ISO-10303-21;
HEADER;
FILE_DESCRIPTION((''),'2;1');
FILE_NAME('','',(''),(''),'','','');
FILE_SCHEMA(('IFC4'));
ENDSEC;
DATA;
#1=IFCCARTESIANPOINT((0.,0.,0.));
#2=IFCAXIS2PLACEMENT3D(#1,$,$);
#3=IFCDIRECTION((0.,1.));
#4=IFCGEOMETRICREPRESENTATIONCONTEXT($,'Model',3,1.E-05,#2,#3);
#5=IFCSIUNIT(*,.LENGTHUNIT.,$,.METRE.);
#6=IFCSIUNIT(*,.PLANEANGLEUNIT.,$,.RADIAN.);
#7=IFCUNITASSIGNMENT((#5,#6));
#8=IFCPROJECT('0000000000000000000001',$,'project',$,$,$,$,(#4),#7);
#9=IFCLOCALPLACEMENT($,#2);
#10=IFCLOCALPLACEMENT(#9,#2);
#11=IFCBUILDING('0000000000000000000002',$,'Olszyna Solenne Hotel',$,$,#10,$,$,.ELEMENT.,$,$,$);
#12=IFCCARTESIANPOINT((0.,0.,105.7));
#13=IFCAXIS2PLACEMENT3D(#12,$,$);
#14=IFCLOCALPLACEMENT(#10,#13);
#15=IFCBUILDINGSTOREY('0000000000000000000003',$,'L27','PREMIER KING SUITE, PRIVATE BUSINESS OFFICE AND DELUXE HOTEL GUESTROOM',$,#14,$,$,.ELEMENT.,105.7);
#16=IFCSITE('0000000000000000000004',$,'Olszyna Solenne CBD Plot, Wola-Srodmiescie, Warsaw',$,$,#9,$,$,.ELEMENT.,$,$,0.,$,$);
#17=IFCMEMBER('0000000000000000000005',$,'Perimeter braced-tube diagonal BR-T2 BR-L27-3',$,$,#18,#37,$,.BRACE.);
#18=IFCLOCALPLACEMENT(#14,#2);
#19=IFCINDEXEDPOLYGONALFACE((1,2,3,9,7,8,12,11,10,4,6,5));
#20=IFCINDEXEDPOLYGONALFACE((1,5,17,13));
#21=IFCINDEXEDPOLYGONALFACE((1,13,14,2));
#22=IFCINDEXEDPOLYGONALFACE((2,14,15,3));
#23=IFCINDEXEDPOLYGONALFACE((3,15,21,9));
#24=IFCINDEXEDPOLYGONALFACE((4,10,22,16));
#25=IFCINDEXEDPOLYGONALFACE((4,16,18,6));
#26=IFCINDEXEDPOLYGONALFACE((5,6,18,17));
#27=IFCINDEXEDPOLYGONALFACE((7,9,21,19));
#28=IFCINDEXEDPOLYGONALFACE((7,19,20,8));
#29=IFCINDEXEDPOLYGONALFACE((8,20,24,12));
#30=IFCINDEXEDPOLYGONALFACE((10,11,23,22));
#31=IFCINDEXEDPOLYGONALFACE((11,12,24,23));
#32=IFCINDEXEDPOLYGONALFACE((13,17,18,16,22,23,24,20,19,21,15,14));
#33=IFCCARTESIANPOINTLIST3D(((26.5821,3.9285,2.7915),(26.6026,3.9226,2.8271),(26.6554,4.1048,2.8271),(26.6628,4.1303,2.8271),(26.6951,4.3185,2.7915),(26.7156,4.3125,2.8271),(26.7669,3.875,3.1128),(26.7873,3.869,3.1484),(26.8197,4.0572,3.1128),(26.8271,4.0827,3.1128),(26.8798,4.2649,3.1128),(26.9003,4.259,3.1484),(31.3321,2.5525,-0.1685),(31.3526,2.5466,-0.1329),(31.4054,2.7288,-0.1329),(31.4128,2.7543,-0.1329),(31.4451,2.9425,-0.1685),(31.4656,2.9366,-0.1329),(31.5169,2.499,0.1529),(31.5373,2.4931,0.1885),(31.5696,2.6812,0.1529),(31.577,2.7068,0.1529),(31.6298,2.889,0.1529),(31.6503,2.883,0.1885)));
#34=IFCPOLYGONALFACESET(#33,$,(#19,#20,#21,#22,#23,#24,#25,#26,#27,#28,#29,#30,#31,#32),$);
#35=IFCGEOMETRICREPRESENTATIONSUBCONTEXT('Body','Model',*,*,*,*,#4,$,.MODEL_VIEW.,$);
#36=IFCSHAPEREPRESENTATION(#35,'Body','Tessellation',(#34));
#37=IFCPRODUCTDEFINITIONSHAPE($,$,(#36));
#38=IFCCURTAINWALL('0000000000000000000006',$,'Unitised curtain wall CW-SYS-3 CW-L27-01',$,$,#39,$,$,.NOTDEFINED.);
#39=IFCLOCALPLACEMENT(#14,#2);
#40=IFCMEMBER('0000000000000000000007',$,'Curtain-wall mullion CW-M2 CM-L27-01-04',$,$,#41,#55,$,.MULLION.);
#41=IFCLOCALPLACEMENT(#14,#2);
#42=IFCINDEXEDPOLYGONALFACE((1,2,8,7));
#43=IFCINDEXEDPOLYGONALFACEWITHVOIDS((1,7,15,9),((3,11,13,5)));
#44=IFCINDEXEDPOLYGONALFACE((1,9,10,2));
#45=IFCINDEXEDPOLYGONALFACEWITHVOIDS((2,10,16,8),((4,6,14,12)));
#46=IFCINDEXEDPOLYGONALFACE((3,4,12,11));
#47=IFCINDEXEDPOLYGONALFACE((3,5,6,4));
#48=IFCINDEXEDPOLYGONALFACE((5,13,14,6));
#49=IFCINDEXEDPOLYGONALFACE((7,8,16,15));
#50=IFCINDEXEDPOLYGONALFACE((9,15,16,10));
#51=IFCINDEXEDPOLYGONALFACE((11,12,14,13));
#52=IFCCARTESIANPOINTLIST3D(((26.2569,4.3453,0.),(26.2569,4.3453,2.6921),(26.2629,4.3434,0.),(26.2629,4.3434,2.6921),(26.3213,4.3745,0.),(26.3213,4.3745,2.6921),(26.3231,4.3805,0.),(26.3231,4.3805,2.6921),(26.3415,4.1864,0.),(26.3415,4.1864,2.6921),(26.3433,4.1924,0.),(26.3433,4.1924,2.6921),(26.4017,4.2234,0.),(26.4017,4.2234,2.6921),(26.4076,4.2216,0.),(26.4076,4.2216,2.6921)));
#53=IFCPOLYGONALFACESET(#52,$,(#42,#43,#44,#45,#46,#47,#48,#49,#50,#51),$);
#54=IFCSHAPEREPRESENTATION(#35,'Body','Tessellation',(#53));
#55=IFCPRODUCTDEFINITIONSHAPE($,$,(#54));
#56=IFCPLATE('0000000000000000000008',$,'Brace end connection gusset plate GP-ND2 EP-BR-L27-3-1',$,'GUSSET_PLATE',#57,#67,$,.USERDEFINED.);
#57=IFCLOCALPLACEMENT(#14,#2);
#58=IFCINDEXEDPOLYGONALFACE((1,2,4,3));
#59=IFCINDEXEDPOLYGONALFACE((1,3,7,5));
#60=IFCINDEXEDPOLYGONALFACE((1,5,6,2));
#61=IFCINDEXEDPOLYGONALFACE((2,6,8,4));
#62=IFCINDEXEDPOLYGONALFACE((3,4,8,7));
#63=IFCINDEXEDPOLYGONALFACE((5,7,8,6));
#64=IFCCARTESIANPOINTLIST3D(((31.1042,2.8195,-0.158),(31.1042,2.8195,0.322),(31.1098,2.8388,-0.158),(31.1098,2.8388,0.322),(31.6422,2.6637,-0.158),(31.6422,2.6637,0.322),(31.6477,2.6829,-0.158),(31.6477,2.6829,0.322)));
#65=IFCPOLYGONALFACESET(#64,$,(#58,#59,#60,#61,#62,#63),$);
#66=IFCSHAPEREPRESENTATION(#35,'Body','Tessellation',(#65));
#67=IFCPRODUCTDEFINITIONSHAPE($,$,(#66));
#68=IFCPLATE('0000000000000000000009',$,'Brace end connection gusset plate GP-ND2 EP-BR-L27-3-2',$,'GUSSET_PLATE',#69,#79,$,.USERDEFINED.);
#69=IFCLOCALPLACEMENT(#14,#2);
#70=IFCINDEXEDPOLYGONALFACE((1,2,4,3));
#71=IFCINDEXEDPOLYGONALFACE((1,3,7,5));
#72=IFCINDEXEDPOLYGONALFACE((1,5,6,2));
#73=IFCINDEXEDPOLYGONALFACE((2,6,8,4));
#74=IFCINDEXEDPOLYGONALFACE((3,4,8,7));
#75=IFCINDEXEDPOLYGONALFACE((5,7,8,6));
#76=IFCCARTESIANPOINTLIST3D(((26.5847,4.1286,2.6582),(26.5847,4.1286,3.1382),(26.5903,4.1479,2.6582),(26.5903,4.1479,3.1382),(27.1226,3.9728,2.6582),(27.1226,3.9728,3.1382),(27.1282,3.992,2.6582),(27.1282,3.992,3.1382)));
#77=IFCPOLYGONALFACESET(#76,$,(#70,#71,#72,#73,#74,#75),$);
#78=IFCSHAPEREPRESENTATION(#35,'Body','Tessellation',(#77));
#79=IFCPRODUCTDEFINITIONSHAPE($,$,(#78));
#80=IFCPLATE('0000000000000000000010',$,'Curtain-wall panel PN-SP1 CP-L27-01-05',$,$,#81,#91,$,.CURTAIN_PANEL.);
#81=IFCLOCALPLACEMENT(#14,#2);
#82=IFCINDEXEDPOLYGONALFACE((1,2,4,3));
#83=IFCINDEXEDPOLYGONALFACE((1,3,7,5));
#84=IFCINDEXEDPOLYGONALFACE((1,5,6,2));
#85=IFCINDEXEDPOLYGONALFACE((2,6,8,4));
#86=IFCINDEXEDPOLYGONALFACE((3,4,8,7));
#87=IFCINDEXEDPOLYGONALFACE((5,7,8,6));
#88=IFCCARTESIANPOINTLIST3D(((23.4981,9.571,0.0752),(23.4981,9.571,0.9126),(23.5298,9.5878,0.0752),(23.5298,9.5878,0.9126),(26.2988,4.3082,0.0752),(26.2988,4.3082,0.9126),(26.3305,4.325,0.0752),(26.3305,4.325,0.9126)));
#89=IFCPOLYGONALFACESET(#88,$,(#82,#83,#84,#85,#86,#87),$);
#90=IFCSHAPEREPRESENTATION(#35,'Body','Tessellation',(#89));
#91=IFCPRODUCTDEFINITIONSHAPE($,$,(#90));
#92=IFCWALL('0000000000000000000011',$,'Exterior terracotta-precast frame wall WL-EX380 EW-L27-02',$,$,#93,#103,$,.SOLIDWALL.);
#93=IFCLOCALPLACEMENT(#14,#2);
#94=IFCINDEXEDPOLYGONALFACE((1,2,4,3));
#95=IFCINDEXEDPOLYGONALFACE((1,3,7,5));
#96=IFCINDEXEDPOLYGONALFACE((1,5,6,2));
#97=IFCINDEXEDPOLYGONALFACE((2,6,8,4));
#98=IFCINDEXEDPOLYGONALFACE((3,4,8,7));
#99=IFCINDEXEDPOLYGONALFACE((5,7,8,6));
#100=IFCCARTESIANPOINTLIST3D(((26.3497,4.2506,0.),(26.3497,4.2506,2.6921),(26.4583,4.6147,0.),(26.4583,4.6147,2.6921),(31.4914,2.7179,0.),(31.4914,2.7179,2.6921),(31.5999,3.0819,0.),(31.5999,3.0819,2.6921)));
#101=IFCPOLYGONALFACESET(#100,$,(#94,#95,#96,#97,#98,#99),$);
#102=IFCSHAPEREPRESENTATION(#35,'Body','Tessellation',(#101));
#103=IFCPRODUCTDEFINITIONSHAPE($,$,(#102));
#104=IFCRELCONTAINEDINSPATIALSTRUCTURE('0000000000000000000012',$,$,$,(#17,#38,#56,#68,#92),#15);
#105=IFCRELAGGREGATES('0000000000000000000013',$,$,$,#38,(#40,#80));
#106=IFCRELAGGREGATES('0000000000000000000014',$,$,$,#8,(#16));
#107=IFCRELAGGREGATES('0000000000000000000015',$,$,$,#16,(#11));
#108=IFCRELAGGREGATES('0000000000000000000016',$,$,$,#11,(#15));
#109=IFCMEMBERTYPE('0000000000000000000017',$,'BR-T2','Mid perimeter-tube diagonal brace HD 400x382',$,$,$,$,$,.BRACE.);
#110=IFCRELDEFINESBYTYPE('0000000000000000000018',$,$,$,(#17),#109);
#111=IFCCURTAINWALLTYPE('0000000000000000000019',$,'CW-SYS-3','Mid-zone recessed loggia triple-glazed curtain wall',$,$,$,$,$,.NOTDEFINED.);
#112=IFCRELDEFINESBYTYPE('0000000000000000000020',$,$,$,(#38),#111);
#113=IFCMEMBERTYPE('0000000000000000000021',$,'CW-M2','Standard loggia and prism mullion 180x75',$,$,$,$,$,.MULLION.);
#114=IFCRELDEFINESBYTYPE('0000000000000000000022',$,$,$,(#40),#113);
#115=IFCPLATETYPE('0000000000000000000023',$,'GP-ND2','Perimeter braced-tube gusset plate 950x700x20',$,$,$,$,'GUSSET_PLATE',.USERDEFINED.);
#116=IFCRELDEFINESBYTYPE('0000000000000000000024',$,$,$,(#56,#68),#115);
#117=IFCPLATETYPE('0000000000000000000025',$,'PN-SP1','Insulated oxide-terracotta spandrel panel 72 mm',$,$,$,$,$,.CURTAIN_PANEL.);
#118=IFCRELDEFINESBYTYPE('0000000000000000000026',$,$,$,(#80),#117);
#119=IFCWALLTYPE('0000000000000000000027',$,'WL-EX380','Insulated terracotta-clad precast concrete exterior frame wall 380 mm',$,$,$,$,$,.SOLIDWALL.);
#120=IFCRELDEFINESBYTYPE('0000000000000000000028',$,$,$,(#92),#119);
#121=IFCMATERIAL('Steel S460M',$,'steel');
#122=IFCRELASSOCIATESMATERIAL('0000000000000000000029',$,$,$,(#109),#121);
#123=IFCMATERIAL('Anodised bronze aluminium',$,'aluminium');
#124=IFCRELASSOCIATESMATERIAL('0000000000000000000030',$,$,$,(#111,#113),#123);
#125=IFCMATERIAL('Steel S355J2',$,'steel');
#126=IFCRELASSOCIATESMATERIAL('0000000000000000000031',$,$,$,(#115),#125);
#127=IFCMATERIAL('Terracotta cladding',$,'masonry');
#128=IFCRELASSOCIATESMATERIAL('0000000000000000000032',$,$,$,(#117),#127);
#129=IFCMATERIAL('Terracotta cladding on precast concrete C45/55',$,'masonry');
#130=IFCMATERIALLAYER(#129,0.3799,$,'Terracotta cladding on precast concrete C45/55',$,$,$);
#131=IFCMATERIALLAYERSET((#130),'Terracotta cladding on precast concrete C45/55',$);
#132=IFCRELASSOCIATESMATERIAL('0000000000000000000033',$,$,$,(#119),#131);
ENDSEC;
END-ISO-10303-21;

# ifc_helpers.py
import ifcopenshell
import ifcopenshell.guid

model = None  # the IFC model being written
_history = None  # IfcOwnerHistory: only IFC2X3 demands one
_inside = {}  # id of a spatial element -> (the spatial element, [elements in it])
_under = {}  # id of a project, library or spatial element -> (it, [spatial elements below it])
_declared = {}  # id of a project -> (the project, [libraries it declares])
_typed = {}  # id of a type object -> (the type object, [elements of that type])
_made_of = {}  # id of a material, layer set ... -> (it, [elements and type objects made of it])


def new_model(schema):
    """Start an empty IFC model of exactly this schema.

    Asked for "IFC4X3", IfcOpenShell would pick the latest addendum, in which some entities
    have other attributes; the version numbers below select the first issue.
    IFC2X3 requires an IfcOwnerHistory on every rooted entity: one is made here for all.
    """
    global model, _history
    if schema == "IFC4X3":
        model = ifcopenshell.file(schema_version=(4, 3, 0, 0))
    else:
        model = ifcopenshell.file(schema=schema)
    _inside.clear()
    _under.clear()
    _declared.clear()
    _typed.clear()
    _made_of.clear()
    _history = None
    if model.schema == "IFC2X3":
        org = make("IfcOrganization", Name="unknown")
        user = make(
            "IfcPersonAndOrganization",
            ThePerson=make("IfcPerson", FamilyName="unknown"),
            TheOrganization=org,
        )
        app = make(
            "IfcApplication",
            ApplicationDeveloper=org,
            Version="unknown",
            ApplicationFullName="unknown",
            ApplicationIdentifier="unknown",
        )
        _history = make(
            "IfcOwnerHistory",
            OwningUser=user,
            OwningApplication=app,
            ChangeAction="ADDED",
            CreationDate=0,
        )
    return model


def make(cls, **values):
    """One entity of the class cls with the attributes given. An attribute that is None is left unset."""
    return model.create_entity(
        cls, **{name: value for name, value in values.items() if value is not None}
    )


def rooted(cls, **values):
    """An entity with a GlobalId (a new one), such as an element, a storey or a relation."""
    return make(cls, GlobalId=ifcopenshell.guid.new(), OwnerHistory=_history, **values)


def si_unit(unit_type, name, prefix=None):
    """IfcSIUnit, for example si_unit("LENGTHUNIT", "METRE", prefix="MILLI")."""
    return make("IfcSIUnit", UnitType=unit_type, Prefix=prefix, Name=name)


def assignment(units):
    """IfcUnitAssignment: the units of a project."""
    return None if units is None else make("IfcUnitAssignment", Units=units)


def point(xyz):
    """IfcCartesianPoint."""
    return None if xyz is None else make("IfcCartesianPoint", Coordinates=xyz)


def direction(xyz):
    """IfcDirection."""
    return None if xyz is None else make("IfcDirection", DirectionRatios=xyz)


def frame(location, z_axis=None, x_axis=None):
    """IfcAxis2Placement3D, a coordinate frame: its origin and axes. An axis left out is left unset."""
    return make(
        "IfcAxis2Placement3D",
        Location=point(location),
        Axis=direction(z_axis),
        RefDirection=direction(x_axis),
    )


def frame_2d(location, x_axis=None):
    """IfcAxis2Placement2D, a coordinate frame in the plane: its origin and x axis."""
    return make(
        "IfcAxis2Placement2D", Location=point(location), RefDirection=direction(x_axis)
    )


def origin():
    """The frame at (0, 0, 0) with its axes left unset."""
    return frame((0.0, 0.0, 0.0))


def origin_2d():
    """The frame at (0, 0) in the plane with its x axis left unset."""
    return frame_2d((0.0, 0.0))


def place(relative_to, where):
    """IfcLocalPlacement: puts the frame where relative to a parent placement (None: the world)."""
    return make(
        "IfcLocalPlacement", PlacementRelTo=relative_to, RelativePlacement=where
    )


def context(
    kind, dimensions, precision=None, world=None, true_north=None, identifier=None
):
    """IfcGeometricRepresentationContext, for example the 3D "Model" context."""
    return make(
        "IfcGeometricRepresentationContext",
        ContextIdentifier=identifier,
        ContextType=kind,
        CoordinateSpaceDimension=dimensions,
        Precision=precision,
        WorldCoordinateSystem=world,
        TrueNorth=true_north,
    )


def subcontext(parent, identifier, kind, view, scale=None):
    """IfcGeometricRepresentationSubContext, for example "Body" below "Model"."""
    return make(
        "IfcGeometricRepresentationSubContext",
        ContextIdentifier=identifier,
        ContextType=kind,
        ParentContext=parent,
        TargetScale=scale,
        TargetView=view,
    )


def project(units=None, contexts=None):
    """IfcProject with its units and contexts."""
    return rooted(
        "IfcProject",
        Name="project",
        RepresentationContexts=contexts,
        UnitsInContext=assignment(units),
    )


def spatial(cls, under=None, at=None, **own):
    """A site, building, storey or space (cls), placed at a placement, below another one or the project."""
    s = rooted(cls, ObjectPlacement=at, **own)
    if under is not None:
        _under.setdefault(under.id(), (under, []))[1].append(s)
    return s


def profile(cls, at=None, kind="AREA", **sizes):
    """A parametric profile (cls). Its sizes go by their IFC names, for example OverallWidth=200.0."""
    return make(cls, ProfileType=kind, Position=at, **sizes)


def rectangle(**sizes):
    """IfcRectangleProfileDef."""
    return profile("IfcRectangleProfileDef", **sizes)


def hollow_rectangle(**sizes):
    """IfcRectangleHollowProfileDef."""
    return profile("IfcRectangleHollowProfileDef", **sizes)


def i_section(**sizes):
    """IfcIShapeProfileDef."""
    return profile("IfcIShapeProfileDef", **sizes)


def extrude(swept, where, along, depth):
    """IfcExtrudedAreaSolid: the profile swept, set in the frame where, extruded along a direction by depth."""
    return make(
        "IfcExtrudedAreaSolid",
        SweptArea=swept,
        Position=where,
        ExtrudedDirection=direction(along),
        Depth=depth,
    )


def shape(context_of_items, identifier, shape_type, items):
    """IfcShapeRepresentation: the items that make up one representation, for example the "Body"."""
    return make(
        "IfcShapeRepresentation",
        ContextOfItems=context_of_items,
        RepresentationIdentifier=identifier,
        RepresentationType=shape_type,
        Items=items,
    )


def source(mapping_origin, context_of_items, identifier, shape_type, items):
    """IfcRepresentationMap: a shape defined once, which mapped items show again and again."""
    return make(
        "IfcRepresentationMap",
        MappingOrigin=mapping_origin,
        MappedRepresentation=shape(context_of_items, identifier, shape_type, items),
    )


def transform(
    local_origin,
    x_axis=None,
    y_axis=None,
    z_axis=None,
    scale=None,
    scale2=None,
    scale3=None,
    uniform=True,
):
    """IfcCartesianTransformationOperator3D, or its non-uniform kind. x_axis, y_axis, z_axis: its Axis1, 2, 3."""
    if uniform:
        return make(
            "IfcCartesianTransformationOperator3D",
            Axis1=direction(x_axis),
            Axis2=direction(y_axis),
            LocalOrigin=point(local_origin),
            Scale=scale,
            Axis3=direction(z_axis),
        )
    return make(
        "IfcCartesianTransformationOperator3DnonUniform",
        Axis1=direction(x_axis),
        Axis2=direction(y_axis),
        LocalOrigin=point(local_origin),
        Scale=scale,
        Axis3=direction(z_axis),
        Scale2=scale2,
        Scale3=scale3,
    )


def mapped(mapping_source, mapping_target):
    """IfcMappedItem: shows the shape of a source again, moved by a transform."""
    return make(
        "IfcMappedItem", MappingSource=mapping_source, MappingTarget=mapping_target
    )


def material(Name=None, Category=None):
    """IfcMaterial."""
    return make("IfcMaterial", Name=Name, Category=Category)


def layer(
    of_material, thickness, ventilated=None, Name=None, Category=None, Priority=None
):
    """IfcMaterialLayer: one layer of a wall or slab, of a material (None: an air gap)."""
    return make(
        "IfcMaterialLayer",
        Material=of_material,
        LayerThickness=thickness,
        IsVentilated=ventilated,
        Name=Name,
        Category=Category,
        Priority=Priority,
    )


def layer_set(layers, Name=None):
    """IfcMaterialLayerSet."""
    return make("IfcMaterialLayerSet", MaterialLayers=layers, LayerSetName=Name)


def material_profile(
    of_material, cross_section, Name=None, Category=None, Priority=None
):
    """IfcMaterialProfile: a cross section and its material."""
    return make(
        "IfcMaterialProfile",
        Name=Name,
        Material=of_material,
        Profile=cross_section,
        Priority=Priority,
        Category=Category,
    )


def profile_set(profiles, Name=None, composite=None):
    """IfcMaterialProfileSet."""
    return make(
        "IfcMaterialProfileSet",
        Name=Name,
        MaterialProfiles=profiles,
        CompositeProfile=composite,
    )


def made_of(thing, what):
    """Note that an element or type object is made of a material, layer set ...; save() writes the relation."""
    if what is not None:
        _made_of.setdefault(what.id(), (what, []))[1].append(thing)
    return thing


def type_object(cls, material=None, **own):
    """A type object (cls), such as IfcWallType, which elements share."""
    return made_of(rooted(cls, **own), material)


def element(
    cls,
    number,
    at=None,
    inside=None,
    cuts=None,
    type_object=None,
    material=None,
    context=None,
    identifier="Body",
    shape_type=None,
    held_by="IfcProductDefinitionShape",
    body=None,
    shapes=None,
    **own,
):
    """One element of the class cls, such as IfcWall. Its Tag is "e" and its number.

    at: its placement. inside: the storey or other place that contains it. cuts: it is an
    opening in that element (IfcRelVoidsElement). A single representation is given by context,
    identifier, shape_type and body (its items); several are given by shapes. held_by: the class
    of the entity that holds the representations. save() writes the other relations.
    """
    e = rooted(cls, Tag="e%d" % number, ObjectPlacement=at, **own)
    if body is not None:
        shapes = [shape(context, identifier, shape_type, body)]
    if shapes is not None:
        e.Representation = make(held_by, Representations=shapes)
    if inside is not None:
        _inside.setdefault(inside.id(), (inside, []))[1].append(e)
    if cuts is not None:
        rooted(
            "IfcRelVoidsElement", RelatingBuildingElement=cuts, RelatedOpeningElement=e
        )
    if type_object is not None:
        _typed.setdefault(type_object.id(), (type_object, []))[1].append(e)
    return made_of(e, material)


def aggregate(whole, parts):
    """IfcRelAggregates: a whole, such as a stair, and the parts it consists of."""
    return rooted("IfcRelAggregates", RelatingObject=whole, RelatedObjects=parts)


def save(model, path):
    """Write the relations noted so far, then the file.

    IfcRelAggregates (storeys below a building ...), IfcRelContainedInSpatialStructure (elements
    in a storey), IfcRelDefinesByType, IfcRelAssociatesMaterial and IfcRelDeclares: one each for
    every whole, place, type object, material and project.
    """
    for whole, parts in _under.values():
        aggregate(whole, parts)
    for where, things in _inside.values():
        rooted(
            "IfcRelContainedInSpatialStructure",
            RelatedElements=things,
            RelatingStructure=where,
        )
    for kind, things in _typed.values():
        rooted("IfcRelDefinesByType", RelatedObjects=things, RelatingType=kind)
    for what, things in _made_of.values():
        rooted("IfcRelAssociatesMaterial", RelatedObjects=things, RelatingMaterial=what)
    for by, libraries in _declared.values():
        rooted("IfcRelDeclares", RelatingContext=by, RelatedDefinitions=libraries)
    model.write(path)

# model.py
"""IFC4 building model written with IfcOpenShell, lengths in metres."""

from ifc_helpers import new_model, si_unit, direction, frame, frame_2d, origin, origin_2d, place, context, subcontext, project, spatial, rectangle, hollow_rectangle, i_section, extrude, source, transform, mapped, material, layer, layer_set, material_profile, profile_set, type_object, element, aggregate, save


model = new_model("IFC4")

# Units and contexts
model_context = context("Model", 3, precision=1e-05, world=origin(), true_north=direction((0.0, 1.0)))
body_context = subcontext(model_context, "Body", "Model", "MODEL_VIEW")
ifc_project = project(units=[si_unit("LENGTHUNIT", "METRE"), si_unit("PLANEANGLEUNIT", "RADIAN")], contexts=[model_context])

# Site, building, storey
site_placement = place(None, origin())
site = spatial("IfcSite", under=ifc_project, at=site_placement, Name="Olszyna Solenne CBD Plot, Wola-Srodmiescie, Warsaw", CompositionType="ELEMENT", RefElevation=0.0)
building_placement = place(site_placement, origin())
building = spatial("IfcBuilding", under=site, at=building_placement, Name="Olszyna Solenne Hotel", CompositionType="ELEMENT")
storey_placement = place(building_placement, frame((0.0, 0.0, 105.7)))
storey = spatial("IfcBuildingStorey", under=building, at=storey_placement, Name="L27", Description="PREMIER KING SUITE, PRIVATE BUSINESS OFFICE AND DELUXE HOTEL GUESTROOM", CompositionType="ELEMENT", Elevation=105.7)

# Shared definitions
ifc_material_1 = material(Name="Steel S460M", Category="steel")

# Shared definitions
ifc_material_2 = material(Name="Steel S355J2", Category="steel")

# Member
ifc_material_profile_1 = material_profile(ifc_material_1, i_section(OverallWidth=0.406, OverallDepth=0.416, WebThickness=0.0266, FlangeThickness=0.0415, at=origin_2d()), Name="HD 400x382", Category="load-bearing")
ifc_profile_set_1 = profile_set([ifc_material_profile_1], Name="Steel S460M")
member_type_1 = type_object("IfcMemberType", Name="BR-T2", Description="Mid perimeter-tube diagonal brace HD 400x382", PredefinedType="BRACE", material=ifc_profile_set_1)
shared_shape_1 = source(origin(), body_context, "Body", "SweptSolid", [
    extrude(i_section(OverallWidth=0.406, OverallDepth=0.416, WebThickness=0.0266, FlangeThickness=0.0415, at=origin_2d()), origin(), (0.0, 0.0, 1.0), 5.7634),
])
member_1_placement = place(storey_placement, frame((31.4912, 2.7178, 0.01), z_axis=(-0.824161, 0.238742, 0.513576), x_axis=(-0.27824, -0.960512, 0.0)))
element("IfcMember", 1, at=member_1_placement, inside=storey, type_object=member_type_1, Name="Perimeter braced-tube diagonal BR-T2 BR-L27-3", PredefinedType="BRACE", context=body_context, shape_type="MappedRepresentation", body=[
    mapped(shared_shape_1, transform((0.0, 0.0, 0.0), x_axis=(1.0, 0.0, 0.0), y_axis=(0.0, 1.0, 0.0), z_axis=(0.0, 0.0, 1.0), scale=1.0)),
])

# Curtain wall, member
ifc_material_3 = material(Name="Anodised bronze aluminium", Category="aluminium")
curtain_wall_type = type_object("IfcCurtainWallType", Name="CW-SYS-3", Description="Mid-zone recessed loggia triple-glazed curtain wall", PredefinedType="NOTDEFINED", material=ifc_material_3)
curtain_wall_placement = place(storey_placement, origin())
curtain_wall = element("IfcCurtainWall", 2, at=curtain_wall_placement, inside=storey, type_object=curtain_wall_type, Name="Unitised curtain wall CW-SYS-3 CW-L27-01", PredefinedType="NOTDEFINED")
ifc_material_profile_2 = material_profile(ifc_material_3, hollow_rectangle(XDim=0.075, YDim=0.1799, WallThickness=0.0044, at=origin_2d()), Name="MULL 180x75x4.5", Category="load-bearing")
ifc_profile_set_2 = profile_set([ifc_material_profile_2], Name="Anodised bronze aluminium")
member_type_2 = type_object("IfcMemberType", Name="CW-M2", Description="Standard loggia and prism mullion 180x75", PredefinedType="MULLION", material=ifc_profile_set_2)
shared_shape_2 = source(origin(), body_context, "Body", "SweptSolid", [
    extrude(hollow_rectangle(XDim=0.075, YDim=0.1799, WallThickness=0.0044, at=origin_2d()), origin(), (0.0, 0.0, 1.0), 2.6921),
])
member_2_placement = place(storey_placement, frame((26.3323, 4.2834, 0.0), z_axis=(0.0, 0.0, 1.0), x_axis=(0.882777, 0.469793, 0.0)))
member_2 = element("IfcMember", 3, at=member_2_placement, type_object=member_type_2, Name="Curtain-wall mullion CW-M2 CM-L27-01-04", PredefinedType="MULLION", context=body_context, shape_type="MappedRepresentation", body=[
    mapped(shared_shape_2, transform((0.0, 0.0, 0.0), x_axis=(1.0, 0.0, 0.0), y_axis=(0.0, 1.0, 0.0), z_axis=(0.0, 0.0, 1.0), scale=1.0)),
])

# Plates
plate_type_1 = type_object("IfcPlateType", Name="GP-ND2", Description="Perimeter braced-tube gusset plate 950x700x20", ElementType="GUSSET_PLATE", PredefinedType="USERDEFINED", material=ifc_material_2)
shared_shape_3 = source(origin(), body_context, "Body", "SweptSolid", [
    extrude(rectangle(XDim=0.5601, YDim=0.02, at=origin_2d()), origin(), (0.0, 0.0, 1.0), 0.48),
])
for number, where, z_axis, x_axis, name in (
    (4, (31.376, 2.7512, -0.158), (0.0, 0.0, 1.0), (-0.960488, 0.278321, 0.0), "Brace end connection gusset plate GP-ND2 EP-BR-L27-3-1"),
    (5, (26.8564, 4.0603, 2.6582), (0.0, 0.0, 1.0), (-0.960488, 0.278321, 0.0), "Brace end connection gusset plate GP-ND2 EP-BR-L27-3-2"),
):
    element("IfcPlate", number, at=place(storey_placement, frame(where, z_axis=z_axis, x_axis=x_axis)), inside=storey, type_object=plate_type_1, Name=name, ObjectType="GUSSET_PLATE", PredefinedType="USERDEFINED", context=body_context, shape_type="MappedRepresentation", body=[
        mapped(shared_shape_3, transform((0.0, 0.0, 0.0), x_axis=(1.0, 0.0, 0.0), y_axis=(0.0, 1.0, 0.0), z_axis=(0.0, 0.0, 1.0), scale=1.0)),
    ])

# Plate
ifc_material_4 = material(Name="Terracotta cladding", Category="masonry")
plate_type_2 = type_object("IfcPlateType", Name="PN-SP1", Description="Insulated oxide-terracotta spandrel panel 72 mm", PredefinedType="CURTAIN_PANEL", material=ifc_material_4)
shared_shape_4 = source(origin(), body_context, "Body", "SweptSolid", [
    extrude(rectangle(XDim=5.9617, YDim=0.0359, at=origin_2d()), origin(), (0.0, 0.0, 1.0), 0.8374),
])
plate_placement = place(storey_placement, frame((24.9143, 6.948, 0.0752), z_axis=(0.0, 0.0, 1.0), x_axis=(0.469793, -0.882777, 0.0)))
plate = element("IfcPlate", 6, at=plate_placement, type_object=plate_type_2, Name="Curtain-wall panel PN-SP1 CP-L27-01-05", PredefinedType="CURTAIN_PANEL", context=body_context, shape_type="MappedRepresentation", body=[
    mapped(shared_shape_4, transform((0.0, 0.0, 0.0), x_axis=(1.0, 0.0, 0.0), y_axis=(0.0, 1.0, 0.0), z_axis=(0.0, 0.0, 1.0), scale=1.0)),
])
aggregate(curtain_wall, [member_2, plate])

# Wall
ifc_material_5 = material(Name="Terracotta cladding on precast concrete C45/55", Category="masonry")
ifc_layer = layer(ifc_material_5, 0.3799, Name="Terracotta cladding on precast concrete C45/55")
ifc_layer_set = layer_set([ifc_layer], Name="Terracotta cladding on precast concrete C45/55")
wall_type = type_object("IfcWallType", Name="WL-EX380", Description="Insulated terracotta-clad precast concrete exterior frame wall 380 mm", PredefinedType="SOLIDWALL", material=ifc_layer_set)
wall_placement = place(storey_placement, frame((31.5457, 2.8999, 0.0), z_axis=(0.0, 0.0, 1.0), x_axis=(-0.958326, 0.285678, 0.0)))
element("IfcWall", 7, at=wall_placement, inside=storey, type_object=wall_type, Name="Exterior terracotta-precast frame wall WL-EX380 EW-L27-02", PredefinedType="SOLIDWALL", context=body_context, shape_type="SweptSolid", body=[
    extrude(rectangle(XDim=5.3652, YDim=0.3799, at=frame_2d((2.6826, 0.0))), origin(), (0.0, 0.0, 1.0), 2.6921),
])

save(model, "model.ifc")
